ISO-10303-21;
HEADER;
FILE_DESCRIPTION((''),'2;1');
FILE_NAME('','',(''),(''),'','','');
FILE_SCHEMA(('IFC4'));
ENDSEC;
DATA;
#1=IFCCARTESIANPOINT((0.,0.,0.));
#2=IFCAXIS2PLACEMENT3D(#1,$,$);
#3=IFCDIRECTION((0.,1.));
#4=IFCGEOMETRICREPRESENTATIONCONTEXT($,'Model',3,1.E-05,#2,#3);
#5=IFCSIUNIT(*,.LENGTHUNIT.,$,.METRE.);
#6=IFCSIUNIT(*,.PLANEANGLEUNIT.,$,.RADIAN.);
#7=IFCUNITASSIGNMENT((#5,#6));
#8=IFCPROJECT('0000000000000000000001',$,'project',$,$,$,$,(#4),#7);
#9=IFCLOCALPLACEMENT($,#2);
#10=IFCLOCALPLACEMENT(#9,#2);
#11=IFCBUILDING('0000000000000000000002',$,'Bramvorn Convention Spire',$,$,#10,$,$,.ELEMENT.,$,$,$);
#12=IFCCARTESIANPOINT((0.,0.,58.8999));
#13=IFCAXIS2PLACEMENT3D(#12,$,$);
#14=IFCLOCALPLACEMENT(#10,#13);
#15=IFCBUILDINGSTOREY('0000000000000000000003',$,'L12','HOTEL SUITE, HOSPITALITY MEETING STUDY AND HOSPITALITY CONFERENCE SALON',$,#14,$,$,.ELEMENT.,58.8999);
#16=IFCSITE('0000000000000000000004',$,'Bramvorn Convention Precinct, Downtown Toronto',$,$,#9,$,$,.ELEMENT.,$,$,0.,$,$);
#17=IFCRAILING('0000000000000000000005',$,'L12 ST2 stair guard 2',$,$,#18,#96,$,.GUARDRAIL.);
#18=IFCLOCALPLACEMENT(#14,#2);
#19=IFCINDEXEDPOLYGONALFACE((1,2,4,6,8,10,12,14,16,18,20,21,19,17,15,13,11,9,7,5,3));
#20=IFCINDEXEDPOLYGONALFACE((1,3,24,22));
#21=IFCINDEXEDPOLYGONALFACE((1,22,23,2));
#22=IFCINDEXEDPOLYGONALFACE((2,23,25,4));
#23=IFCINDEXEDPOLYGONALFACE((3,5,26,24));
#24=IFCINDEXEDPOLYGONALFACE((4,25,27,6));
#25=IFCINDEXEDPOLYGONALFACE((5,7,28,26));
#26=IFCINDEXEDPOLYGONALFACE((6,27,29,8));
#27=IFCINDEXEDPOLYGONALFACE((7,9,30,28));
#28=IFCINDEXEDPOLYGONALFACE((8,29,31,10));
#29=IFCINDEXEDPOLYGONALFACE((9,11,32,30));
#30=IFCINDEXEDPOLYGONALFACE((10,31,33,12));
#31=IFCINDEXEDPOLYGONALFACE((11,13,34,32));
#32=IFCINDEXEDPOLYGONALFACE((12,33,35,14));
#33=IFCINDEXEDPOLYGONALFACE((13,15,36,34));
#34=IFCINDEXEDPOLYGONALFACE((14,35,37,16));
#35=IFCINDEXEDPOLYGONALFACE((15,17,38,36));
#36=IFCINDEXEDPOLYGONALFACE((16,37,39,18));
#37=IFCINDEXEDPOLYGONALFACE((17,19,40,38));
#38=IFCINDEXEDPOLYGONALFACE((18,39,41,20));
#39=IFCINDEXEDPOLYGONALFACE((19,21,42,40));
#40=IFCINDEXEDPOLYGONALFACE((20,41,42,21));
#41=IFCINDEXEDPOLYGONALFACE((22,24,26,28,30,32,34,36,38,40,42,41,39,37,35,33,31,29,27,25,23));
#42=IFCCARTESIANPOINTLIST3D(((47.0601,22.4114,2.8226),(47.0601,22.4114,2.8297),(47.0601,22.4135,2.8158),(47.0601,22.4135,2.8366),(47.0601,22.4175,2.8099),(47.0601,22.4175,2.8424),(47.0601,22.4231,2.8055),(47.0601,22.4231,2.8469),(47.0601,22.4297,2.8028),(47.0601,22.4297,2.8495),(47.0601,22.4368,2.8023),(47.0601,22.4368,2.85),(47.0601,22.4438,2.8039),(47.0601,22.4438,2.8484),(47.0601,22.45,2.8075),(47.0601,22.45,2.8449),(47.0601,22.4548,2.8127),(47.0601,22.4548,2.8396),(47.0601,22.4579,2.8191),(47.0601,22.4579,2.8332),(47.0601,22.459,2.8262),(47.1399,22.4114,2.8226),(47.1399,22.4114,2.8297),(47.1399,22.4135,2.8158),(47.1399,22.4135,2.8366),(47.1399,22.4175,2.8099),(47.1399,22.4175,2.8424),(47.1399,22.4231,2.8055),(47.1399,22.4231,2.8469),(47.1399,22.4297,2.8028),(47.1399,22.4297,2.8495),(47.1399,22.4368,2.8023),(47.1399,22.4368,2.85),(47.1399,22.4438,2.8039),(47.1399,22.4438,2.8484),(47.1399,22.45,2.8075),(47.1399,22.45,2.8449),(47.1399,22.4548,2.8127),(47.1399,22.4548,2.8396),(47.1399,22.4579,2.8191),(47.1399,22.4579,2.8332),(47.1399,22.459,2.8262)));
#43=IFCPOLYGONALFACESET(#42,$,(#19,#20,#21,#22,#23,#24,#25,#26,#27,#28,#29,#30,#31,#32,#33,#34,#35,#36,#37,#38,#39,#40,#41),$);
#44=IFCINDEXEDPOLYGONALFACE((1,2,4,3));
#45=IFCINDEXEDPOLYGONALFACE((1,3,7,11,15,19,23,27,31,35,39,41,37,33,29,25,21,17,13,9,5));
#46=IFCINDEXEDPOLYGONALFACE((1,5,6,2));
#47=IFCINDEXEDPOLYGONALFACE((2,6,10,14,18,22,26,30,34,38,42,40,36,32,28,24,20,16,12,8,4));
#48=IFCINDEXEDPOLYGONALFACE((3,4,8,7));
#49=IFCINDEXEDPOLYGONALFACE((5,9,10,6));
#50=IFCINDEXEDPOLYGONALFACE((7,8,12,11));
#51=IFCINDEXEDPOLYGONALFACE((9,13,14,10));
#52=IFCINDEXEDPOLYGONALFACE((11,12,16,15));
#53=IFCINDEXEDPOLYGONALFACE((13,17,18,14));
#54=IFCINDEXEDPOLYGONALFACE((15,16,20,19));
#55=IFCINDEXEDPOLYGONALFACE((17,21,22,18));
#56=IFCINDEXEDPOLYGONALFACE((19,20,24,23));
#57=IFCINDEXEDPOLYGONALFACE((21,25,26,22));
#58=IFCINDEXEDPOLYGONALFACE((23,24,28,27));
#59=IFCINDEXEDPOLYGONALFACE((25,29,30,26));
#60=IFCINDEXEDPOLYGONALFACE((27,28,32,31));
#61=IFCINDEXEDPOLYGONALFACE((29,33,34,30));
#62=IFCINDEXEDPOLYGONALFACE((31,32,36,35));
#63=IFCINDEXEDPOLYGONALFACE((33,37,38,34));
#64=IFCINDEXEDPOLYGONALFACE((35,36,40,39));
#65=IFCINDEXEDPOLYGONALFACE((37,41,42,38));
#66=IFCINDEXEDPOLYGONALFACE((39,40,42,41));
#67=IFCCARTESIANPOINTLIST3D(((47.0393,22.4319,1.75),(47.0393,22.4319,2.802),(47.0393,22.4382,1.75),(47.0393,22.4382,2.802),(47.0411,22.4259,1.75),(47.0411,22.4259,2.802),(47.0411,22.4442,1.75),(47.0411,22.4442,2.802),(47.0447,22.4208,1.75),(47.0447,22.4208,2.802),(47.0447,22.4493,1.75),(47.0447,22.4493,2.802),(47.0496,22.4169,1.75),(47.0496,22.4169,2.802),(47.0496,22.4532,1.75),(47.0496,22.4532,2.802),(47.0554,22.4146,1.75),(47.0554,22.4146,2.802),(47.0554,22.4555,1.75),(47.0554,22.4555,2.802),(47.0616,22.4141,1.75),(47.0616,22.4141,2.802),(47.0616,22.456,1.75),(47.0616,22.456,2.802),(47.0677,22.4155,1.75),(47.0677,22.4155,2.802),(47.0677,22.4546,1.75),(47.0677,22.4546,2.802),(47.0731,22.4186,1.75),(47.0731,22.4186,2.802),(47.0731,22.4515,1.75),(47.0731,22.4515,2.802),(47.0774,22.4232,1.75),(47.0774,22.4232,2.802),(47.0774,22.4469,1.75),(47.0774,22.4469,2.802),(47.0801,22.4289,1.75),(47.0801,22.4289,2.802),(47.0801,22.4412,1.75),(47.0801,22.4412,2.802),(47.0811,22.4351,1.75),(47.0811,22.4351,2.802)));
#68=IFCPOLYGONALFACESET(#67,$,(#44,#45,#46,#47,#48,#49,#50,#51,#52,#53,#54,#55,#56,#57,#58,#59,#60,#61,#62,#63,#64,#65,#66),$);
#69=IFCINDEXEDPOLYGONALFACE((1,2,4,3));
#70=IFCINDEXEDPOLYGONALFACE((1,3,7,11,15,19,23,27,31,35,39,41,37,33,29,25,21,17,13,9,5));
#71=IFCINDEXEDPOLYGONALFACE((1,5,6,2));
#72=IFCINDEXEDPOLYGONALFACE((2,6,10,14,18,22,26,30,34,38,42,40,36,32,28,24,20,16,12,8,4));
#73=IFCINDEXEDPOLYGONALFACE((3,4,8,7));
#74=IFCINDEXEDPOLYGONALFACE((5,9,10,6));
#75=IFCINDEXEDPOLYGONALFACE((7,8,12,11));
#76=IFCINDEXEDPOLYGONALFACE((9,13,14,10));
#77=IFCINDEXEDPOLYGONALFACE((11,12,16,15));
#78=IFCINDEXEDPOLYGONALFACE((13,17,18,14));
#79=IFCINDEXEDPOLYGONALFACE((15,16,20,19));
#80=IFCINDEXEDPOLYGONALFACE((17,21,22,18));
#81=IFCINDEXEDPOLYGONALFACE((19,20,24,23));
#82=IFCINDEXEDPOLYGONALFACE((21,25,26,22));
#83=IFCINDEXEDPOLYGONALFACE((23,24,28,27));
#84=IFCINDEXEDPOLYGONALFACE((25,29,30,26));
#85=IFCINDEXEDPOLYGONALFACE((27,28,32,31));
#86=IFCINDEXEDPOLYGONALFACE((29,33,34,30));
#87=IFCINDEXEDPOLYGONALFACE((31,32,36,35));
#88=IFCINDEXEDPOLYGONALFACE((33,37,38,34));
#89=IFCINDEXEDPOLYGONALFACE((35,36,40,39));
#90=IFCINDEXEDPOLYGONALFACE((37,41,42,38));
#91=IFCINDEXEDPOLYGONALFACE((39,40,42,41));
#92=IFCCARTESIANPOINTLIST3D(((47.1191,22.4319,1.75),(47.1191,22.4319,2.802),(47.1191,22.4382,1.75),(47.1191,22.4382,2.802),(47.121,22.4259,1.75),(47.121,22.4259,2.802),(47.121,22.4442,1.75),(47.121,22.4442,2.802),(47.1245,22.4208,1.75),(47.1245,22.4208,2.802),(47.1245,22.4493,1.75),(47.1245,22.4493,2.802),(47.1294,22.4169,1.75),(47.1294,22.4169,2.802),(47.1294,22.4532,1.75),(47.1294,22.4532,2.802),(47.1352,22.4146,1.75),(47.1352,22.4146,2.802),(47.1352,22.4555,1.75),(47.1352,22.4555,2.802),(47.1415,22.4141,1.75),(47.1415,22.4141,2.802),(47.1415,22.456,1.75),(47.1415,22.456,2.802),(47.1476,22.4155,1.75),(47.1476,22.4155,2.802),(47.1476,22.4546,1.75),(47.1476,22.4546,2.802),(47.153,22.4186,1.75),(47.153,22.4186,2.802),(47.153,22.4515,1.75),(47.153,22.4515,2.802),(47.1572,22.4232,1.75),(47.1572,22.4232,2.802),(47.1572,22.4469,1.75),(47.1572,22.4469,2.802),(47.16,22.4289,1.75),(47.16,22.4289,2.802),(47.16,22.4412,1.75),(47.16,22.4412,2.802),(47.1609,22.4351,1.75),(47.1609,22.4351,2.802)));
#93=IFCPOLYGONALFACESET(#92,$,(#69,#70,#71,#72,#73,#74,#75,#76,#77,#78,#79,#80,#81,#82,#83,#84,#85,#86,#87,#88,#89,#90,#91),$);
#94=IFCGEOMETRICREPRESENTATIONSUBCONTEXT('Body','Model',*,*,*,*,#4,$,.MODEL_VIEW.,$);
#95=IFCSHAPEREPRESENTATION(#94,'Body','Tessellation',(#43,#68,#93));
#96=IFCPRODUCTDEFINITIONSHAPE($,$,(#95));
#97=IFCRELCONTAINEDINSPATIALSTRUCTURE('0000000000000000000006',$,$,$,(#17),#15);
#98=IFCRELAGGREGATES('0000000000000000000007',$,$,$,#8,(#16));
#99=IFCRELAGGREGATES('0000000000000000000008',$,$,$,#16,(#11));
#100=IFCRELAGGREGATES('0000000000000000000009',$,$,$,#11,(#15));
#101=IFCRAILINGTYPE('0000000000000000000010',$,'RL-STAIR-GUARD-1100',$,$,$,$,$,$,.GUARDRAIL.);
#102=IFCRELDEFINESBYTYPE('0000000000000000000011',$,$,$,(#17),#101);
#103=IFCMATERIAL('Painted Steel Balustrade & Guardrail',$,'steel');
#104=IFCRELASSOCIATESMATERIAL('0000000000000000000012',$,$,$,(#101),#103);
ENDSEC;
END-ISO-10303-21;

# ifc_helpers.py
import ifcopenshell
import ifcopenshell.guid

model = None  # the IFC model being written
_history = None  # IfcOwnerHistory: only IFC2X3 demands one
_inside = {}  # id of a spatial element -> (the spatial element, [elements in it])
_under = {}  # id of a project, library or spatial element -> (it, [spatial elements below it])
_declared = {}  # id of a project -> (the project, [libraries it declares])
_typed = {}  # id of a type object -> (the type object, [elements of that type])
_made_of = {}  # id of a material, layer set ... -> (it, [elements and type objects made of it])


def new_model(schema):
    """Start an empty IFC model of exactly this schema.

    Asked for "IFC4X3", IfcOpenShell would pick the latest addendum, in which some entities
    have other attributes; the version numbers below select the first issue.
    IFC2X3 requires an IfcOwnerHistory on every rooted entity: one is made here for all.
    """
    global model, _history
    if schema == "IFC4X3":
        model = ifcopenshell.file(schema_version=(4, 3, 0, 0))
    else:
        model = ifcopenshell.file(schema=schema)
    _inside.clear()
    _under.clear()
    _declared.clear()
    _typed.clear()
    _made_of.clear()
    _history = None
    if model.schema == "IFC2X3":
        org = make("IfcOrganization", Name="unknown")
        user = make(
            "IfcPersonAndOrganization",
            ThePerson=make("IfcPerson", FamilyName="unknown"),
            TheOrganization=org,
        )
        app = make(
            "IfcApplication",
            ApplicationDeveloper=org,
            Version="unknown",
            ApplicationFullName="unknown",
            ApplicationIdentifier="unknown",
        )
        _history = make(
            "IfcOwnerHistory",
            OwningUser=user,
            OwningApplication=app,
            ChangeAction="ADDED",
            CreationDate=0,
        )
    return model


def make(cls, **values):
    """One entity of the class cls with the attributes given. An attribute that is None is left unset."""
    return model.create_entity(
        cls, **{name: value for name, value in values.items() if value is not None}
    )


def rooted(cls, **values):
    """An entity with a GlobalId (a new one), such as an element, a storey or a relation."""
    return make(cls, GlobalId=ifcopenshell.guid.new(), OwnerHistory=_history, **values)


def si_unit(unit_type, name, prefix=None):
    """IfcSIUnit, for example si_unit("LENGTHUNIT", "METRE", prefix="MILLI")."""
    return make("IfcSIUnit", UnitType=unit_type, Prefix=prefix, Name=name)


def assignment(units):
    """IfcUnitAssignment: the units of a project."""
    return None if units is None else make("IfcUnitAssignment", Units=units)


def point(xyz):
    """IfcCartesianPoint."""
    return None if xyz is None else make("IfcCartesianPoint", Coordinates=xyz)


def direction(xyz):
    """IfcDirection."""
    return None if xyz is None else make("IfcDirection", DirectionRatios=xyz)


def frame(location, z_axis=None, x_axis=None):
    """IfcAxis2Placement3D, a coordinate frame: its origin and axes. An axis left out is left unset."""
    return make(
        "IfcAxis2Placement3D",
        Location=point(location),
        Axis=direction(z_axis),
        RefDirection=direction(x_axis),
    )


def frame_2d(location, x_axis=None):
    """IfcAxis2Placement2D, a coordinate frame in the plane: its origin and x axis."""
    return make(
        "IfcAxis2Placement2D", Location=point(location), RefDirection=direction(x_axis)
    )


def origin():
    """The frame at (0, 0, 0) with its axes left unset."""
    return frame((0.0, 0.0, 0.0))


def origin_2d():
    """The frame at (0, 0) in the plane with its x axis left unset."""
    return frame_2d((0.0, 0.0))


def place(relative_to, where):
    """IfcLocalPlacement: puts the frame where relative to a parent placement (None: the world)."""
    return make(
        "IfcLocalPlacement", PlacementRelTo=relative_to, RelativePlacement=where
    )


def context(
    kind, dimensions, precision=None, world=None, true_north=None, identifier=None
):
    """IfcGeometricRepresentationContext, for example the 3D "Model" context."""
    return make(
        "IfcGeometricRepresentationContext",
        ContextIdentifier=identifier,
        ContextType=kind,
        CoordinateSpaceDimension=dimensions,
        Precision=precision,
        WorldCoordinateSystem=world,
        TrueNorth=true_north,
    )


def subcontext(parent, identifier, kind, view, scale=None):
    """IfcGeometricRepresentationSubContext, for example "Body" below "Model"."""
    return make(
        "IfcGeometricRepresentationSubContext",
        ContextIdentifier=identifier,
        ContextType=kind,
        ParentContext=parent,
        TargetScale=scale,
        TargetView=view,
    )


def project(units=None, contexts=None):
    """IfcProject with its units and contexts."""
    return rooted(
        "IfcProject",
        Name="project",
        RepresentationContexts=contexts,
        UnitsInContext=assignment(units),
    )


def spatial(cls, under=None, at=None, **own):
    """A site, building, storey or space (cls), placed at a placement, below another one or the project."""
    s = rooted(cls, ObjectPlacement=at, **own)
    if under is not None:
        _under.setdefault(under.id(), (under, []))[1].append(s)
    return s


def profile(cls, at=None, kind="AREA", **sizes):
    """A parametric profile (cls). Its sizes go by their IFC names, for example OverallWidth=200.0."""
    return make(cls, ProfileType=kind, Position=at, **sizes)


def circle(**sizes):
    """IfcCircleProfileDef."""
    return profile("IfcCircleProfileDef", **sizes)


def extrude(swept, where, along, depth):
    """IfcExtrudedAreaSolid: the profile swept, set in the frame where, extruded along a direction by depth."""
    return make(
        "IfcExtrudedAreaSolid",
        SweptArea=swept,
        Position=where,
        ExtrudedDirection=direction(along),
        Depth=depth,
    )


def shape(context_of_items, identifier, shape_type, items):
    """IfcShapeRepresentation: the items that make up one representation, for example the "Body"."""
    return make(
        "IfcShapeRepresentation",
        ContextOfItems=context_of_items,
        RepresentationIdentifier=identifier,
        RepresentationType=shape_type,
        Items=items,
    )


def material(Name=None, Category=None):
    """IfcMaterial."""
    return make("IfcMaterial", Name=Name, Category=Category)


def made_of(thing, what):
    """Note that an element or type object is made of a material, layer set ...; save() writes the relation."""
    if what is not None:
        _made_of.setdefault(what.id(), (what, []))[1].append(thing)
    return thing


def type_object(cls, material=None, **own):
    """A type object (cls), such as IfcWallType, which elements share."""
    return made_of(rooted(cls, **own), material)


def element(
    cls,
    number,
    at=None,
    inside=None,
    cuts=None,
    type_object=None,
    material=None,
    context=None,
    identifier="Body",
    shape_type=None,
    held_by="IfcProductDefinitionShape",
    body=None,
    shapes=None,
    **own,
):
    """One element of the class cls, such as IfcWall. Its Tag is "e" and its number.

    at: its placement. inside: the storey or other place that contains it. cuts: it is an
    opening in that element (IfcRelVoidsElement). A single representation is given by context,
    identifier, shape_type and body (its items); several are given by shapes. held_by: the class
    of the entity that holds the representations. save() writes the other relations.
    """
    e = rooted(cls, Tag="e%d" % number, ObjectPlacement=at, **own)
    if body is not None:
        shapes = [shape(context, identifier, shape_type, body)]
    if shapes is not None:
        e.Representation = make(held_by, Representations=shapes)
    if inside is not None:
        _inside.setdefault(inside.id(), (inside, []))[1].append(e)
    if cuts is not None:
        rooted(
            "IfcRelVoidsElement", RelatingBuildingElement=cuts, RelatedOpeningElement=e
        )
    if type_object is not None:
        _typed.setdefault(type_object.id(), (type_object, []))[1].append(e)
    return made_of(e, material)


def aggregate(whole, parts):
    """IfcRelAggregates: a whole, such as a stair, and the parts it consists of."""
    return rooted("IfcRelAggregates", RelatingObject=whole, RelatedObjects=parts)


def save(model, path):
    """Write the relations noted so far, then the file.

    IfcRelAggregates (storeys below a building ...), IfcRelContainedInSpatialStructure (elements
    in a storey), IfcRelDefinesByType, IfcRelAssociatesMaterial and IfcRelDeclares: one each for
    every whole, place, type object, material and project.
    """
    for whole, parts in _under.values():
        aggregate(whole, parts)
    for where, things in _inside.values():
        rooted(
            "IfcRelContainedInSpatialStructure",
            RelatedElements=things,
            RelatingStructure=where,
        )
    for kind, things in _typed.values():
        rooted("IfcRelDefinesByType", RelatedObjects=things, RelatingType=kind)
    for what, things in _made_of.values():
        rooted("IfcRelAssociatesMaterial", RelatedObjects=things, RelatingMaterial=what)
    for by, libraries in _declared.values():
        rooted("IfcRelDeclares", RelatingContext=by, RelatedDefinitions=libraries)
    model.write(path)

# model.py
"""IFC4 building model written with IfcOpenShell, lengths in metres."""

from ifc_helpers import new_model, si_unit, direction, frame, origin, origin_2d, place, context, subcontext, project, spatial, circle, extrude, material, type_object, element, save


model = new_model("IFC4")

# Units and contexts
model_context = context("Model", 3, precision=1e-05, world=origin(), true_north=direction((0.0, 1.0)))
body_context = subcontext(model_context, "Body", "Model", "MODEL_VIEW")
ifc_project = project(units=[si_unit("LENGTHUNIT", "METRE"), si_unit("PLANEANGLEUNIT", "RADIAN")], contexts=[model_context])

# Site, building, storey
site_placement = place(None, origin())
site = spatial("IfcSite", under=ifc_project, at=site_placement, Name="Bramvorn Convention Precinct, Downtown Toronto", CompositionType="ELEMENT", RefElevation=0.0)
building_placement = place(site_placement, origin())
building = spatial("IfcBuilding", under=site, at=building_placement, Name="Bramvorn Convention Spire", CompositionType="ELEMENT")
storey_placement = place(building_placement, frame((0.0, 0.0, 58.8999)))
storey = spatial("IfcBuildingStorey", under=building, at=storey_placement, Name="L12", Description="HOTEL SUITE, HOSPITALITY MEETING STUDY AND HOSPITALITY CONFERENCE SALON", CompositionType="ELEMENT", Elevation=58.8999)

# Railing
ifc_material_1 = material(Name="Painted Steel Balustrade & Guardrail", Category="steel")
railing_type = type_object("IfcRailingType", Name="RL-STAIR-GUARD-1100", PredefinedType="GUARDRAIL", material=ifc_material_1)
railing_1_placement = place(storey_placement, frame((47.0601, 22.4351, 1.75)))
element("IfcRailing", 1, at=railing_1_placement, inside=storey, type_object=railing_type, Name="L12 ST2 stair guard 2", PredefinedType="GUARDRAIL", context=body_context, shape_type="SweptSolid", body=[
    extrude(circle(Radius=0.0239, at=origin_2d()), frame((0.0, 0.0, 1.0762), z_axis=(1.0, 0.0, 0.0), x_axis=(0.0, 1.0, 0.0)), (0.0, 0.0, 1.0), 0.0798),
    extrude(circle(Radius=0.021, at=origin_2d()), origin(), (0.0, 0.0, 1.0), 1.052),
    extrude(circle(Radius=0.021, at=origin_2d()), frame((0.0798, 0.0, 0.0)), (0.0, 0.0, 1.0), 1.052),
])

save(model, "model.ifc")
